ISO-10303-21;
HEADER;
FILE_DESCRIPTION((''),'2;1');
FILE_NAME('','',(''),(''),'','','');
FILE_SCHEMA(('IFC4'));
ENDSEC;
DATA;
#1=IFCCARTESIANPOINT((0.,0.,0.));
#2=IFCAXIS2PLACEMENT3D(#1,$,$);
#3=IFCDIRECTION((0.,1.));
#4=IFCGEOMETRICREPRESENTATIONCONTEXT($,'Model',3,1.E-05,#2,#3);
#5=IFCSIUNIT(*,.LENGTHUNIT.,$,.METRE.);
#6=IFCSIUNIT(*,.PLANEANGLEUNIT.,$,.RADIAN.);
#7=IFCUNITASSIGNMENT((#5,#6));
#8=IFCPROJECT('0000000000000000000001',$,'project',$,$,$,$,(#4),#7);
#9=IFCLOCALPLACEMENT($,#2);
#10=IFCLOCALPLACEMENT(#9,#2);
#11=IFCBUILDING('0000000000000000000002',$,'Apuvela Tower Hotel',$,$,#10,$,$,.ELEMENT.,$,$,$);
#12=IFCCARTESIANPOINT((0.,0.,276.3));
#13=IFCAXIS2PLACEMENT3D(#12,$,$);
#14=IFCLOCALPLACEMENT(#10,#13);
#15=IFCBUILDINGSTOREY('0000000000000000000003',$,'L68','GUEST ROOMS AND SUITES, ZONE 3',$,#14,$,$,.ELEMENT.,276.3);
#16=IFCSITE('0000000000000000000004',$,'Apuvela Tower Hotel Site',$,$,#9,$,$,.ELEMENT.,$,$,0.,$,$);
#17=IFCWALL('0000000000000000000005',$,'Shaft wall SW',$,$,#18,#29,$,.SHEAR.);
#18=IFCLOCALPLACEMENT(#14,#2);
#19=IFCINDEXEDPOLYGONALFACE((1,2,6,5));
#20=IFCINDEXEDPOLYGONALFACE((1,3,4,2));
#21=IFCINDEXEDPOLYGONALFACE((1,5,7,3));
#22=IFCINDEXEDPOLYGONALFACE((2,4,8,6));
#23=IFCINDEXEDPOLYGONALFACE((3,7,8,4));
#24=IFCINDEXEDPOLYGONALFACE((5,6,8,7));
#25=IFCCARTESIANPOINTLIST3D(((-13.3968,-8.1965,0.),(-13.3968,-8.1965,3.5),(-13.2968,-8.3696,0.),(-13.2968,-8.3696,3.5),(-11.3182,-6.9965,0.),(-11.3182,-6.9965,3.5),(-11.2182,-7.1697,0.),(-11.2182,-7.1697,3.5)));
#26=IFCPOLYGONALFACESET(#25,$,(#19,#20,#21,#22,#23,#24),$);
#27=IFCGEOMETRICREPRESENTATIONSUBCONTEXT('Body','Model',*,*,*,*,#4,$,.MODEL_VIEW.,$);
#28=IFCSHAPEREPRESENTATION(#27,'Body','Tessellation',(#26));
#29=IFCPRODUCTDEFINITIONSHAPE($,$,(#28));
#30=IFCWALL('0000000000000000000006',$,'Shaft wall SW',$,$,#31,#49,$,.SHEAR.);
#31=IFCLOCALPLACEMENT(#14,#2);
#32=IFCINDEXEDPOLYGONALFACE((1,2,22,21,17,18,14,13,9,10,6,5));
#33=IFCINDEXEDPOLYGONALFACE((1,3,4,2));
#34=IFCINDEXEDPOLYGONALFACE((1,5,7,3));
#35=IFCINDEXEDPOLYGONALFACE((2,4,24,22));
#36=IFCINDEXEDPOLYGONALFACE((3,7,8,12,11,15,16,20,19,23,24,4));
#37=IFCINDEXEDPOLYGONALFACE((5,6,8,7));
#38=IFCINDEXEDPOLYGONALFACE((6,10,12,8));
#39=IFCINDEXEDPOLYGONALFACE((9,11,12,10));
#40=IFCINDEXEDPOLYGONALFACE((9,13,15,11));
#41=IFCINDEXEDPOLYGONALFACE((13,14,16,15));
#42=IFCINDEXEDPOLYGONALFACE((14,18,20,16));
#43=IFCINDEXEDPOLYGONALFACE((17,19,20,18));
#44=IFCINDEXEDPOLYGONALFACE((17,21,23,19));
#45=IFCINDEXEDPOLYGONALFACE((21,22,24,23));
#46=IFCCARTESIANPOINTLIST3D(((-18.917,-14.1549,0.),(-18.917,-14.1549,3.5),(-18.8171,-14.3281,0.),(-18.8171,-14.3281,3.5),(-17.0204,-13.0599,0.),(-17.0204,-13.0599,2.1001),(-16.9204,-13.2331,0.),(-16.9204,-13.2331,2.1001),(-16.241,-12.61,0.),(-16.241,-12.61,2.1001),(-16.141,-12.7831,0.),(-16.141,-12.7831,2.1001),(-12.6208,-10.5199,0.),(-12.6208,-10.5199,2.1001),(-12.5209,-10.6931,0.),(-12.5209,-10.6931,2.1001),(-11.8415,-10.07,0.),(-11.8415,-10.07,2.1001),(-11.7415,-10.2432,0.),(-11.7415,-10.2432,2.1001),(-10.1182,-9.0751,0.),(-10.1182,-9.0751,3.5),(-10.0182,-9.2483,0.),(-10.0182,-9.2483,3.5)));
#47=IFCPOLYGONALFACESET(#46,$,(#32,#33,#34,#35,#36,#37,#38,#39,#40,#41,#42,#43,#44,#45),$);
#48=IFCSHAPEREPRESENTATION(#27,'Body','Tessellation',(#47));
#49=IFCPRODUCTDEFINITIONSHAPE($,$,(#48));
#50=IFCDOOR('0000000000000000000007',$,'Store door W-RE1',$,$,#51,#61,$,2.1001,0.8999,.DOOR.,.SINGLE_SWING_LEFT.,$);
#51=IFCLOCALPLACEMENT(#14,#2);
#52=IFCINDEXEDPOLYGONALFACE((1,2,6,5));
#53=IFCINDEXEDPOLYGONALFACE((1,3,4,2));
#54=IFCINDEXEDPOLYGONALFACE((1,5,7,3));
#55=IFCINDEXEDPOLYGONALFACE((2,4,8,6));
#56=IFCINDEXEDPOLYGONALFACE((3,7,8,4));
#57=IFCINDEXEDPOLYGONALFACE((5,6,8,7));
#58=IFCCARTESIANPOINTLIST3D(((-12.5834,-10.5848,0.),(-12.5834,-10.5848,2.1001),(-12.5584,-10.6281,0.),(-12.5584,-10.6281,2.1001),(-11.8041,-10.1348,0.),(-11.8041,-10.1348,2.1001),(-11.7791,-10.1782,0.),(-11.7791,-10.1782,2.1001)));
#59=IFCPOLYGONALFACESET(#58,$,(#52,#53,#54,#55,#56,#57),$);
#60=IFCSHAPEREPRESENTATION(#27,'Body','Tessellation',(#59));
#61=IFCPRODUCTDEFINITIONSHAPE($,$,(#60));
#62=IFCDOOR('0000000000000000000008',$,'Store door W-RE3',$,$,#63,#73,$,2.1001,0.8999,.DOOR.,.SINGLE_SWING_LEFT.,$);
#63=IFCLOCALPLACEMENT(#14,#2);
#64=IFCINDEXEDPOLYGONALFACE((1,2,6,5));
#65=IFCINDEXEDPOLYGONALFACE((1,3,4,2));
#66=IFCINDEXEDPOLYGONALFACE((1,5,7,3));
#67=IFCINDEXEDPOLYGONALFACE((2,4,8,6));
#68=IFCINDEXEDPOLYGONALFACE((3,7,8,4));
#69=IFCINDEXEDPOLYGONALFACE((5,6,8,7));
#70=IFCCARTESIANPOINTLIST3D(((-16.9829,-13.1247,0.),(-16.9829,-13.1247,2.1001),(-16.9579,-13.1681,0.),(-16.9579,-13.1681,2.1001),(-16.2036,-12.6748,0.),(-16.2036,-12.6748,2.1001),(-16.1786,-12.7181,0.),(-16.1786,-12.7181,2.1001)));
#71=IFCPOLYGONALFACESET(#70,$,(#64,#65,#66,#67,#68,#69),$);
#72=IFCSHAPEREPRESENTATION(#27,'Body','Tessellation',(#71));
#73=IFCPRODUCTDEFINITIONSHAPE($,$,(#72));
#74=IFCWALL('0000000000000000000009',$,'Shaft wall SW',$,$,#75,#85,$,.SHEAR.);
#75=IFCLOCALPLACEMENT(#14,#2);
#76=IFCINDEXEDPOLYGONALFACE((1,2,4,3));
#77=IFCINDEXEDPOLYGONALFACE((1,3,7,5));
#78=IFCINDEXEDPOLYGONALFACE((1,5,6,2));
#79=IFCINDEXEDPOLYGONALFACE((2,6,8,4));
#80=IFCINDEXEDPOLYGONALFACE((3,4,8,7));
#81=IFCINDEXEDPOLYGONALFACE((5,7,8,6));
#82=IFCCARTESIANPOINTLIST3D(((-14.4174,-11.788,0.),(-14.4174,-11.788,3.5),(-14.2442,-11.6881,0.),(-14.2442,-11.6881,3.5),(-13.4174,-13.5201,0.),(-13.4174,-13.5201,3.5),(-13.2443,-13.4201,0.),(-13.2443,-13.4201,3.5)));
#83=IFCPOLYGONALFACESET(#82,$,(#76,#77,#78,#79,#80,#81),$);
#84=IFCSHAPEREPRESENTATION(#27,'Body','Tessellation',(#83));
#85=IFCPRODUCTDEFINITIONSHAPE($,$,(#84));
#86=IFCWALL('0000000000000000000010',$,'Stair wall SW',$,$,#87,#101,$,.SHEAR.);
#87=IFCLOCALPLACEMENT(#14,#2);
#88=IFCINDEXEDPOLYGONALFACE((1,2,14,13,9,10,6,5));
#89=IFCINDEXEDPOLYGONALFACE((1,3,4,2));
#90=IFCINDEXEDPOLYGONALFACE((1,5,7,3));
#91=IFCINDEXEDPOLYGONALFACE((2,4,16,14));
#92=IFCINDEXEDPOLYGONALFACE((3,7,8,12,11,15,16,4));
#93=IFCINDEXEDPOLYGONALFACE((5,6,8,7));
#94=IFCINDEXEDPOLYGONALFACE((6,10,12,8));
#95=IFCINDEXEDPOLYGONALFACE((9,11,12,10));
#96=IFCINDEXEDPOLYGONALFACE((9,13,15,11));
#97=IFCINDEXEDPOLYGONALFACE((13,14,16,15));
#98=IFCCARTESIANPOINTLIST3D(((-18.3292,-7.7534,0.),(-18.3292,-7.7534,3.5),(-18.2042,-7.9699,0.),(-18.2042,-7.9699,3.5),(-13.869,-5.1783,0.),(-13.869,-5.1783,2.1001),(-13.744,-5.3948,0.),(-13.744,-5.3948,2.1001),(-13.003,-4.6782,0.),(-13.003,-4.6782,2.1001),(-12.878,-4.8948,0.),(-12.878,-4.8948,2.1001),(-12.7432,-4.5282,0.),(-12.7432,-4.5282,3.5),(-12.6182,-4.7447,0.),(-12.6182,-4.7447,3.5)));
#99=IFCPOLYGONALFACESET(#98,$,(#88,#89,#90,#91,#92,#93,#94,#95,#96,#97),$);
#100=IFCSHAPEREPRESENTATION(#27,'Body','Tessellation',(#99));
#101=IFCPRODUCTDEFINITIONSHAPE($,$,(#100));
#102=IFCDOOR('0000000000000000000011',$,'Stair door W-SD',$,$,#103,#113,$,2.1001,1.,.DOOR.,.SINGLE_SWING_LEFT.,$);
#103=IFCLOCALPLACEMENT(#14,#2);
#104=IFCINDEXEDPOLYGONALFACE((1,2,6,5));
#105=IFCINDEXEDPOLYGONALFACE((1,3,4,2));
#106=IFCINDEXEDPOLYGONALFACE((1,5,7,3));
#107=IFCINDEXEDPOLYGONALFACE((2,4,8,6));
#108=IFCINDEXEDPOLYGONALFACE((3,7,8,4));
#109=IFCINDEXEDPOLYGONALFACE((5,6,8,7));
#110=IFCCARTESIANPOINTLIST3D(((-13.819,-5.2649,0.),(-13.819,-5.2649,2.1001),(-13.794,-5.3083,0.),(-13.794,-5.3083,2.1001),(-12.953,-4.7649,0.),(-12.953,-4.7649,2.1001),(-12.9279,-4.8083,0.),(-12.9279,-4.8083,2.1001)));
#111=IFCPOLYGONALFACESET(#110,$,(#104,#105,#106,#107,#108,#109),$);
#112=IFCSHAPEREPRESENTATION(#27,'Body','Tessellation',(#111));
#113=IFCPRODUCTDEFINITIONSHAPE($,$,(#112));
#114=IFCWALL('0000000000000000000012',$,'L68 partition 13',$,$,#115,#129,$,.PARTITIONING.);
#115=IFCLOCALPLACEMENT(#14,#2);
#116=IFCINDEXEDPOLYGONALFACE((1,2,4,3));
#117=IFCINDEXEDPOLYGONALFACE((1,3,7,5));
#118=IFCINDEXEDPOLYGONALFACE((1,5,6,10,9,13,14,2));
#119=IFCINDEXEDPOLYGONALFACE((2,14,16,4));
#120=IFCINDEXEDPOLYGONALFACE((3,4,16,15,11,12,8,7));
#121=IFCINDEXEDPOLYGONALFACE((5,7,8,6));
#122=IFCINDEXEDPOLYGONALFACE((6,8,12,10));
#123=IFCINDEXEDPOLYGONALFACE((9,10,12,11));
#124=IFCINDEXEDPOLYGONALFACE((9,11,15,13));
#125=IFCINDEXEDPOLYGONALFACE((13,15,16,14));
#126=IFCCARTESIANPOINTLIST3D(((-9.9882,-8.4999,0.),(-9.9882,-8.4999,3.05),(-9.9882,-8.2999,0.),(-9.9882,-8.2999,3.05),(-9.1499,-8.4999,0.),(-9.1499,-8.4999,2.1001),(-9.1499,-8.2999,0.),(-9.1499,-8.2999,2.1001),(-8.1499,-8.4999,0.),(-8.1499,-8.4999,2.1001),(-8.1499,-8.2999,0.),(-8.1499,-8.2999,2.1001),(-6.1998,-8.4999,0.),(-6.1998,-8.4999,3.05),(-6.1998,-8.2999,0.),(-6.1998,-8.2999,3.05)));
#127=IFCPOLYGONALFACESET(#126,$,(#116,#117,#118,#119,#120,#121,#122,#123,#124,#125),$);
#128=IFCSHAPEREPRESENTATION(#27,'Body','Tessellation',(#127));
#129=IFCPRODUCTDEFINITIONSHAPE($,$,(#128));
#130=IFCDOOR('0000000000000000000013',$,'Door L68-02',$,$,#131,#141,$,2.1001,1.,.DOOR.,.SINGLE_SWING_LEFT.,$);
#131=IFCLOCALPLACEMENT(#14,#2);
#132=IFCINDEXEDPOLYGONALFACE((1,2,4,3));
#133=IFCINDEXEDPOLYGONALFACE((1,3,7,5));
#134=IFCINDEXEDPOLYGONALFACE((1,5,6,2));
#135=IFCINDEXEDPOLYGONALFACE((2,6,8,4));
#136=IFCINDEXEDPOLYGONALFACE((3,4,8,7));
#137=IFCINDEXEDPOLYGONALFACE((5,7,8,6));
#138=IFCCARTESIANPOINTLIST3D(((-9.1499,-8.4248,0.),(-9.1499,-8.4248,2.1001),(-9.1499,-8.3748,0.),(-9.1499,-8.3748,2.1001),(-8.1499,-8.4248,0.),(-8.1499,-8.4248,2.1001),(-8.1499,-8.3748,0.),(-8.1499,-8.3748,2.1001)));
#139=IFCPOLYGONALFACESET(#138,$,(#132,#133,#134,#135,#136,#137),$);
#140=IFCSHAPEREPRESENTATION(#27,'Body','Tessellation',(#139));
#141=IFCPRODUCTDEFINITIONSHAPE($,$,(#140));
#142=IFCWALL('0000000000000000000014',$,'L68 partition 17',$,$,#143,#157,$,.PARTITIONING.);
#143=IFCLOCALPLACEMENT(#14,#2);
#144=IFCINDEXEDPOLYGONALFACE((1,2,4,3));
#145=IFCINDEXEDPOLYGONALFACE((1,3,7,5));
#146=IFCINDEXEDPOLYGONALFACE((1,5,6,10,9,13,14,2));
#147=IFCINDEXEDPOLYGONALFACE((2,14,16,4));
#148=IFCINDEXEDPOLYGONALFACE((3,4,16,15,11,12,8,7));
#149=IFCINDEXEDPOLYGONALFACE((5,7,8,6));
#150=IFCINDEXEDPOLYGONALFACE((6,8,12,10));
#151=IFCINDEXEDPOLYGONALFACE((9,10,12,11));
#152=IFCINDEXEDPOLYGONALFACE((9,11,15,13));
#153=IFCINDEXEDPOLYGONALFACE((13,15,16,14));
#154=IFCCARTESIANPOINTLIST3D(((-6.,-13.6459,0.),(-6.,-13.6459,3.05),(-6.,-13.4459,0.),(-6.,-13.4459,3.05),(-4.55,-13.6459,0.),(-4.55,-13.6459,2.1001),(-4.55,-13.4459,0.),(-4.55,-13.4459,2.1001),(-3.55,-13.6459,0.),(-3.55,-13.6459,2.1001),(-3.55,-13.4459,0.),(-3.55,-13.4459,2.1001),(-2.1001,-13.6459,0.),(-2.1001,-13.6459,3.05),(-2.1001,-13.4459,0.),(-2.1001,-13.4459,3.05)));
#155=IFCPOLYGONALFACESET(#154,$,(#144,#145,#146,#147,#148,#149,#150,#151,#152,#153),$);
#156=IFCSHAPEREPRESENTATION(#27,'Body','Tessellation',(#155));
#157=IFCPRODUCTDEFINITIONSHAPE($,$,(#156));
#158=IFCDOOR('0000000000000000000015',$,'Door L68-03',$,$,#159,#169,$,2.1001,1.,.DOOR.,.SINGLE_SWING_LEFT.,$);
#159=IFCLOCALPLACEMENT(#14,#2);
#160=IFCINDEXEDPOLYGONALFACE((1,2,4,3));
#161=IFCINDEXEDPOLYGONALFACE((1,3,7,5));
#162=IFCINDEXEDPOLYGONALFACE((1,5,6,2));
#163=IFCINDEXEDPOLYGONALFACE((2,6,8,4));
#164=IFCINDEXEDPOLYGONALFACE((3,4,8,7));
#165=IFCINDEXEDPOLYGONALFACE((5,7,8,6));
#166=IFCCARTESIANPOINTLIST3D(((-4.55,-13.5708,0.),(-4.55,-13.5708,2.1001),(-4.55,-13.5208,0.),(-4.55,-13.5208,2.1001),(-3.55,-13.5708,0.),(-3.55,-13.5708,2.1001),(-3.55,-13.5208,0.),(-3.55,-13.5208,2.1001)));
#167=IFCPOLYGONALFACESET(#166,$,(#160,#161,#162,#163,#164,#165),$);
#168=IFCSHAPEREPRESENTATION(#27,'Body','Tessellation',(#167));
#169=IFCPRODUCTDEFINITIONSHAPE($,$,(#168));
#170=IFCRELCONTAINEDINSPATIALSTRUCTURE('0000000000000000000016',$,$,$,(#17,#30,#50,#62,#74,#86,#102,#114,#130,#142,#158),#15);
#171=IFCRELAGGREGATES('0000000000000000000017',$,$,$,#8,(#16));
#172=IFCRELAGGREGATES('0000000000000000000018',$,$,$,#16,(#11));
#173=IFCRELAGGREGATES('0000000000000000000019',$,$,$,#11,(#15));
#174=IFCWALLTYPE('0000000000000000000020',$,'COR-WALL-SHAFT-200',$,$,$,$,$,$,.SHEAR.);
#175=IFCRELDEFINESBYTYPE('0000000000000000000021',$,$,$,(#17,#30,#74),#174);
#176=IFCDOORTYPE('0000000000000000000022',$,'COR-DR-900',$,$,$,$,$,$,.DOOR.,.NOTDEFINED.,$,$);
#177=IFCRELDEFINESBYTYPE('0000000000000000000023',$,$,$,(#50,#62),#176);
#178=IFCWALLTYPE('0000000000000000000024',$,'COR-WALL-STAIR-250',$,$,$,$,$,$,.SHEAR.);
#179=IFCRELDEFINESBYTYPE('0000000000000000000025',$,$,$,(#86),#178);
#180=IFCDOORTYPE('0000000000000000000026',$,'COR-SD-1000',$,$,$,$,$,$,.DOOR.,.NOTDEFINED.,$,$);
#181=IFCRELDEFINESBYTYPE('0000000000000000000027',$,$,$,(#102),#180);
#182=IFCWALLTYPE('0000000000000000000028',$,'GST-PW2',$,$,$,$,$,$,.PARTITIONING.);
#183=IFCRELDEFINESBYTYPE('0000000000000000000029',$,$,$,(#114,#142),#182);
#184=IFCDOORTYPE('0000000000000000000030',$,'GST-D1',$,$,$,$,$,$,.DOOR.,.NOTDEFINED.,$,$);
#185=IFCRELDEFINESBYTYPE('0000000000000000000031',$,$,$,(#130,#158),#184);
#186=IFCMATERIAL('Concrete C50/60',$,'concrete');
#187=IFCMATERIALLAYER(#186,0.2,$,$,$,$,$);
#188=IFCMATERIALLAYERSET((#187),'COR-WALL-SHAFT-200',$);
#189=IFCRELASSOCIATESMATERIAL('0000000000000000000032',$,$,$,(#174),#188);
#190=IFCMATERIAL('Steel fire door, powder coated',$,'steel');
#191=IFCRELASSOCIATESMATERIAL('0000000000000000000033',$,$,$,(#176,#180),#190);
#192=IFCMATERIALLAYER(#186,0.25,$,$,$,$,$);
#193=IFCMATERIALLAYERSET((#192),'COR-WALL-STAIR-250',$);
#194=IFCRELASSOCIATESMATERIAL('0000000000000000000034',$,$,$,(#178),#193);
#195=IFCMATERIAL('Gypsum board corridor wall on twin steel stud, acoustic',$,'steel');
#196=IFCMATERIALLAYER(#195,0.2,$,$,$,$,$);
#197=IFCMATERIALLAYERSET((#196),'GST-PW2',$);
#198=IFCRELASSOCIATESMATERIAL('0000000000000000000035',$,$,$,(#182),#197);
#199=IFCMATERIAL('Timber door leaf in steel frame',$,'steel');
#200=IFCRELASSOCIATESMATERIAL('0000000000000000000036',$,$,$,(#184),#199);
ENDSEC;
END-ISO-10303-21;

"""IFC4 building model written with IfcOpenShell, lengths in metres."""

from ifc_helpers import new_model, si_unit, direction, frame, frame_2d, origin, place, context, subcontext, project, spatial, rectangle, extrude, material, layer, layer_set, type_object, element, fill, save


model = new_model("IFC4")

# Units and contexts
model_context = context("Model", 3, precision=1e-05, world=origin(), true_north=direction((0.0, 1.0)))
body_context = subcontext(model_context, "Body", "Model", "MODEL_VIEW")
ifc_project = project(units=[si_unit("LENGTHUNIT", "METRE"), si_unit("PLANEANGLEUNIT", "RADIAN")], contexts=[model_context])

# Site, building, storey
site_placement = place(None, origin())
site = spatial("IfcSite", under=ifc_project, at=site_placement, Name="Apuvela Tower Hotel Site", CompositionType="ELEMENT", RefElevation=0.0)
building_placement = place(site_placement, origin())
building = spatial("IfcBuilding", under=site, at=building_placement, Name="Apuvela Tower Hotel", CompositionType="ELEMENT")
storey_placement = place(building_placement, frame((0.0, 0.0, 276.3)))
storey = spatial("IfcBuildingStorey", under=building, at=storey_placement, Name="L68", Description="GUEST ROOMS AND SUITES, ZONE 3", CompositionType="ELEMENT", Elevation=276.3)

# Shared definitions
ifc_material_1 = material(Name="Concrete C50/60", Category="concrete")
ifc_material_2 = material(Name="Steel fire door, powder coated", Category="steel")

# Shared definitions
ifc_layer_1 = layer(ifc_material_1, 0.2)
ifc_layer_set_1 = layer_set([ifc_layer_1], Name="COR-WALL-SHAFT-200")
wall_type_1 = type_object("IfcWallType", Name="COR-WALL-SHAFT-200", PredefinedType="SHEAR", material=ifc_layer_set_1)

# Wall
wall_1_placement = place(storey_placement, frame((-11.2681, -7.083, 0.0), z_axis=(0.0, 0.0, 1.0), x_axis=(-0.86605, -0.499957, 0.0)))
element("IfcWall", 1, at=wall_1_placement, inside=storey, type_object=wall_type_1, Name="Shaft wall SW", PredefinedType="SHEAR", context=body_context, shape_type="SweptSolid", body=[
    extrude(rectangle(XDim=2.4001, YDim=0.2, at=frame_2d((1.2002, 0.0))), origin(), (0.0, 0.0, 1.0), 3.5),
])

# Wall, openings, doors
wall_2_placement = place(storey_placement, frame((-10.0681, -9.1616, 0.0), z_axis=(0.0, 0.0, 1.0), x_axis=(-0.866033, -0.499987, 0.0)))
wall_2 = element("IfcWall", 2, at=wall_2_placement, inside=storey, type_object=wall_type_1, Name="Shaft wall SW", PredefinedType="SHEAR", context=body_context, shape_type="SweptSolid", body=[
    extrude(rectangle(XDim=10.1599, YDim=0.2, at=frame_2d((5.0801, 0.0))), origin(), (0.0, 0.0, 1.0), 3.5),
])
opening_1_placement = place(wall_2_placement, frame((1.99, 0.0, 0.0)))
opening_1 = element("IfcOpeningElement", 3, at=opening_1_placement, cuts=wall_2, PredefinedType="OPENING", context=body_context, shape_type="SweptSolid", body=[
    extrude(rectangle(XDim=0.8999, YDim=2.1001, at=frame_2d((0.45, 1.05))), frame((0.0, 0.1099, 0.0), z_axis=(0.0, -1.0, 0.0), x_axis=(1.0, 0.0, 0.0)), (0.0, 0.0, 1.0), 0.22),
])
opening_2_placement = place(wall_2_placement, frame((7.0701, 0.0, 0.0)))
opening_2 = element("IfcOpeningElement", 4, at=opening_2_placement, cuts=wall_2, PredefinedType="OPENING", context=body_context, shape_type="SweptSolid", body=[
    extrude(rectangle(XDim=0.8999, YDim=2.1001, at=frame_2d((0.45, 1.05))), frame((0.0, 0.1099, 0.0), z_axis=(0.0, -1.0, 0.0), x_axis=(1.0, 0.0, 0.0)), (0.0, 0.0, 1.0), 0.22),
])
door_type_1 = type_object("IfcDoorType", Name="COR-DR-900", OperationType="NOTDEFINED", PredefinedType="DOOR", material=ifc_material_2)
door_1_placement = place(opening_1_placement, origin())
door_1 = element("IfcDoor", 5, at=door_1_placement, inside=storey, type_object=door_type_1, Name="Store door W-RE1", OperationType="SINGLE_SWING_LEFT", OverallHeight=2.1001, OverallWidth=0.8999, PredefinedType="DOOR", context=body_context, shape_type="SweptSolid", body=[
    extrude(rectangle(XDim=0.8999, YDim=2.1001, at=frame_2d((0.45, 1.05))), frame((0.0, 0.0249, 0.0), z_axis=(0.0, -1.0, 0.0), x_axis=(1.0, 0.0, 0.0)), (0.0, 0.0, 1.0), 0.05),
])
fill(opening_1, door_1)
door_2_placement = place(opening_2_placement, origin())
door_2 = element("IfcDoor", 6, at=door_2_placement, inside=storey, type_object=door_type_1, Name="Store door W-RE3", OperationType="SINGLE_SWING_LEFT", OverallHeight=2.1001, OverallWidth=0.8999, PredefinedType="DOOR", context=body_context, shape_type="SweptSolid", body=[
    extrude(rectangle(XDim=0.8999, YDim=2.1001, at=frame_2d((0.45, 1.05))), frame((0.0, 0.0249, 0.0), z_axis=(0.0, -1.0, 0.0), x_axis=(1.0, 0.0, 0.0)), (0.0, 0.0, 1.0), 0.05),
])
fill(opening_2, door_2)

# Wall
wall_3_placement = place(storey_placement, frame((-14.3308, -11.738, 0.0), z_axis=(0.0, 0.0, 1.0), x_axis=(0.499973, -0.866041, 0.0)))
element("IfcWall", 7, at=wall_3_placement, inside=storey, type_object=wall_type_1, Name="Shaft wall SW", PredefinedType="SHEAR", context=body_context, shape_type="SweptSolid", body=[
    extrude(rectangle(XDim=2.0, YDim=0.2, at=frame_2d((1.0, 0.0))), origin(), (0.0, 0.0, 1.0), 3.5),
])

# Walls, openings, doors
ifc_layer_2 = layer(ifc_material_1, 0.25)
ifc_layer_set_2 = layer_set([ifc_layer_2], Name="COR-WALL-STAIR-250")
wall_type_2 = type_object("IfcWallType", Name="COR-WALL-STAIR-250", PredefinedType="SHEAR", material=ifc_layer_set_2)
wall_4_placement = place(storey_placement, frame((-12.6807, -4.6365, 0.0), z_axis=(0.0, 0.0, 1.0), x_axis=(-0.866022, -0.500006, 0.0)))
wall_4 = element("IfcWall", 8, at=wall_4_placement, inside=storey, type_object=wall_type_2, Name="Stair wall SW", PredefinedType="SHEAR", context=body_context, shape_type="SweptSolid", body=[
    extrude(rectangle(XDim=6.4502, YDim=0.25, at=frame_2d((3.2251, 0.0))), origin(), (0.0, 0.0, 1.0), 3.5),
])
opening_3_placement = place(wall_4_placement, frame((0.3, 0.0, 0.0)))
opening_3 = element("IfcOpeningElement", 9, at=opening_3_placement, cuts=wall_4, PredefinedType="OPENING", context=body_context, shape_type="SweptSolid", body=[
    extrude(rectangle(XDim=1.0, YDim=2.1001, at=frame_2d((0.5, 1.05))), frame((0.0, 0.135, 0.0), z_axis=(0.0, -1.0, 0.0), x_axis=(1.0, 0.0, 0.0)), (0.0, 0.0, 1.0), 0.27),
])
door_type_2 = type_object("IfcDoorType", Name="COR-SD-1000", OperationType="NOTDEFINED", PredefinedType="DOOR", material=ifc_material_2)
door_3_placement = place(opening_3_placement, frame((1.0, 0.0, 0.0), z_axis=(0.0, 0.0, 1.0), x_axis=(-1.0, 0.0, 0.0)))
door_3 = element("IfcDoor", 10, at=door_3_placement, inside=storey, type_object=door_type_2, Name="Stair door W-SD", OperationType="SINGLE_SWING_LEFT", OverallHeight=2.1001, OverallWidth=1.0, PredefinedType="DOOR", context=body_context, shape_type="SweptSolid", body=[
    extrude(rectangle(XDim=1.0, YDim=2.1001, at=frame_2d((0.5, 1.05))), frame((0.0, 0.0249, 0.0), z_axis=(0.0, -1.0, 0.0), x_axis=(1.0, 0.0, 0.0)), (0.0, 0.0, 1.0), 0.05),
])
fill(opening_3, door_3)
ifc_material_3 = material(Name="Gypsum board corridor wall on twin steel stud, acoustic", Category="steel")
ifc_layer_3 = layer(ifc_material_3, 0.2)
ifc_layer_set_3 = layer_set([ifc_layer_3], Name="GST-PW2")
wall_type_3 = type_object("IfcWallType", Name="GST-PW2", PredefinedType="PARTITIONING", material=ifc_layer_set_3)
wall_5_placement = place(storey_placement, frame((-6.2, -8.3999, 0.0), z_axis=(0.0, 0.0, 1.0), x_axis=(-1.0, 0.0, 0.0)))
wall_5 = element("IfcWall", 11, at=wall_5_placement, inside=storey, type_object=wall_type_3, Name="L68 partition 13", PredefinedType="PARTITIONING", context=body_context, shape_type="SweptSolid", body=[
    extrude(rectangle(XDim=3.7883, YDim=0.2, at=frame_2d((1.894, 0.0))), origin(), (0.0, 0.0, 1.0), 3.05),
])
opening_4_placement = place(wall_5_placement, frame((1.95, 0.0, 0.0)))
opening_4 = element("IfcOpeningElement", 12, at=opening_4_placement, cuts=wall_5, PredefinedType="OPENING", context=body_context, shape_type="SweptSolid", body=[
    extrude(rectangle(XDim=1.0, YDim=2.1001, at=frame_2d((0.5, 1.05))), frame((0.0, 0.1099, 0.0), z_axis=(0.0, -1.0, 0.0), x_axis=(1.0, 0.0, 0.0)), (0.0, 0.0, 1.0), 0.22),
])
ifc_material_4 = material(Name="Timber door leaf in steel frame", Category="steel")
door_type_3 = type_object("IfcDoorType", Name="GST-D1", OperationType="NOTDEFINED", PredefinedType="DOOR", material=ifc_material_4)
door_4_placement = place(opening_4_placement, origin())
door_4 = element("IfcDoor", 13, at=door_4_placement, inside=storey, type_object=door_type_3, Name="Door L68-02", OperationType="SINGLE_SWING_LEFT", OverallHeight=2.1001, OverallWidth=1.0, PredefinedType="DOOR", context=body_context, shape_type="SweptSolid", body=[
    extrude(rectangle(XDim=1.0, YDim=2.1001, at=frame_2d((0.5, 1.05))), frame((0.0, 0.0249, 0.0), z_axis=(0.0, -1.0, 0.0), x_axis=(1.0, 0.0, 0.0)), (0.0, 0.0, 1.0), 0.05),
])
fill(opening_4, door_4)
wall_6_placement = place(storey_placement, frame((-2.1001, -13.5459, 0.0), z_axis=(0.0, 0.0, 1.0), x_axis=(-1.0, 0.0, 0.0)))
wall_6 = element("IfcWall", 14, at=wall_6_placement, inside=storey, type_object=wall_type_3, Name="L68 partition 17", PredefinedType="PARTITIONING", context=body_context, shape_type="SweptSolid", body=[
    extrude(rectangle(XDim=3.8999, YDim=0.2, at=frame_2d((1.95, 0.0))), origin(), (0.0, 0.0, 1.0), 3.05),
])
opening_5_placement = place(wall_6_placement, frame((1.45, 0.0, 0.0)))
opening_5 = element("IfcOpeningElement", 15, at=opening_5_placement, cuts=wall_6, PredefinedType="OPENING", context=body_context, shape_type="SweptSolid", body=[
    extrude(rectangle(XDim=1.0, YDim=2.1001, at=frame_2d((0.5, 1.05))), frame((0.0, 0.1099, 0.0), z_axis=(0.0, -1.0, 0.0), x_axis=(1.0, 0.0, 0.0)), (0.0, 0.0, 1.0), 0.22),
])
door_5_placement = place(opening_5_placement, origin())
door_5 = element("IfcDoor", 16, at=door_5_placement, inside=storey, type_object=door_type_3, Name="Door L68-03", OperationType="SINGLE_SWING_LEFT", OverallHeight=2.1001, OverallWidth=1.0, PredefinedType="DOOR", context=body_context, shape_type="SweptSolid", body=[
    extrude(rectangle(XDim=1.0, YDim=2.1001, at=frame_2d((0.5, 1.05))), frame((0.0, 0.0249, 0.0), z_axis=(0.0, -1.0, 0.0), x_axis=(1.0, 0.0, 0.0)), (0.0, 0.0, 1.0), 0.05),
])
fill(opening_5, door_5)

save(model, "model.ifc")
